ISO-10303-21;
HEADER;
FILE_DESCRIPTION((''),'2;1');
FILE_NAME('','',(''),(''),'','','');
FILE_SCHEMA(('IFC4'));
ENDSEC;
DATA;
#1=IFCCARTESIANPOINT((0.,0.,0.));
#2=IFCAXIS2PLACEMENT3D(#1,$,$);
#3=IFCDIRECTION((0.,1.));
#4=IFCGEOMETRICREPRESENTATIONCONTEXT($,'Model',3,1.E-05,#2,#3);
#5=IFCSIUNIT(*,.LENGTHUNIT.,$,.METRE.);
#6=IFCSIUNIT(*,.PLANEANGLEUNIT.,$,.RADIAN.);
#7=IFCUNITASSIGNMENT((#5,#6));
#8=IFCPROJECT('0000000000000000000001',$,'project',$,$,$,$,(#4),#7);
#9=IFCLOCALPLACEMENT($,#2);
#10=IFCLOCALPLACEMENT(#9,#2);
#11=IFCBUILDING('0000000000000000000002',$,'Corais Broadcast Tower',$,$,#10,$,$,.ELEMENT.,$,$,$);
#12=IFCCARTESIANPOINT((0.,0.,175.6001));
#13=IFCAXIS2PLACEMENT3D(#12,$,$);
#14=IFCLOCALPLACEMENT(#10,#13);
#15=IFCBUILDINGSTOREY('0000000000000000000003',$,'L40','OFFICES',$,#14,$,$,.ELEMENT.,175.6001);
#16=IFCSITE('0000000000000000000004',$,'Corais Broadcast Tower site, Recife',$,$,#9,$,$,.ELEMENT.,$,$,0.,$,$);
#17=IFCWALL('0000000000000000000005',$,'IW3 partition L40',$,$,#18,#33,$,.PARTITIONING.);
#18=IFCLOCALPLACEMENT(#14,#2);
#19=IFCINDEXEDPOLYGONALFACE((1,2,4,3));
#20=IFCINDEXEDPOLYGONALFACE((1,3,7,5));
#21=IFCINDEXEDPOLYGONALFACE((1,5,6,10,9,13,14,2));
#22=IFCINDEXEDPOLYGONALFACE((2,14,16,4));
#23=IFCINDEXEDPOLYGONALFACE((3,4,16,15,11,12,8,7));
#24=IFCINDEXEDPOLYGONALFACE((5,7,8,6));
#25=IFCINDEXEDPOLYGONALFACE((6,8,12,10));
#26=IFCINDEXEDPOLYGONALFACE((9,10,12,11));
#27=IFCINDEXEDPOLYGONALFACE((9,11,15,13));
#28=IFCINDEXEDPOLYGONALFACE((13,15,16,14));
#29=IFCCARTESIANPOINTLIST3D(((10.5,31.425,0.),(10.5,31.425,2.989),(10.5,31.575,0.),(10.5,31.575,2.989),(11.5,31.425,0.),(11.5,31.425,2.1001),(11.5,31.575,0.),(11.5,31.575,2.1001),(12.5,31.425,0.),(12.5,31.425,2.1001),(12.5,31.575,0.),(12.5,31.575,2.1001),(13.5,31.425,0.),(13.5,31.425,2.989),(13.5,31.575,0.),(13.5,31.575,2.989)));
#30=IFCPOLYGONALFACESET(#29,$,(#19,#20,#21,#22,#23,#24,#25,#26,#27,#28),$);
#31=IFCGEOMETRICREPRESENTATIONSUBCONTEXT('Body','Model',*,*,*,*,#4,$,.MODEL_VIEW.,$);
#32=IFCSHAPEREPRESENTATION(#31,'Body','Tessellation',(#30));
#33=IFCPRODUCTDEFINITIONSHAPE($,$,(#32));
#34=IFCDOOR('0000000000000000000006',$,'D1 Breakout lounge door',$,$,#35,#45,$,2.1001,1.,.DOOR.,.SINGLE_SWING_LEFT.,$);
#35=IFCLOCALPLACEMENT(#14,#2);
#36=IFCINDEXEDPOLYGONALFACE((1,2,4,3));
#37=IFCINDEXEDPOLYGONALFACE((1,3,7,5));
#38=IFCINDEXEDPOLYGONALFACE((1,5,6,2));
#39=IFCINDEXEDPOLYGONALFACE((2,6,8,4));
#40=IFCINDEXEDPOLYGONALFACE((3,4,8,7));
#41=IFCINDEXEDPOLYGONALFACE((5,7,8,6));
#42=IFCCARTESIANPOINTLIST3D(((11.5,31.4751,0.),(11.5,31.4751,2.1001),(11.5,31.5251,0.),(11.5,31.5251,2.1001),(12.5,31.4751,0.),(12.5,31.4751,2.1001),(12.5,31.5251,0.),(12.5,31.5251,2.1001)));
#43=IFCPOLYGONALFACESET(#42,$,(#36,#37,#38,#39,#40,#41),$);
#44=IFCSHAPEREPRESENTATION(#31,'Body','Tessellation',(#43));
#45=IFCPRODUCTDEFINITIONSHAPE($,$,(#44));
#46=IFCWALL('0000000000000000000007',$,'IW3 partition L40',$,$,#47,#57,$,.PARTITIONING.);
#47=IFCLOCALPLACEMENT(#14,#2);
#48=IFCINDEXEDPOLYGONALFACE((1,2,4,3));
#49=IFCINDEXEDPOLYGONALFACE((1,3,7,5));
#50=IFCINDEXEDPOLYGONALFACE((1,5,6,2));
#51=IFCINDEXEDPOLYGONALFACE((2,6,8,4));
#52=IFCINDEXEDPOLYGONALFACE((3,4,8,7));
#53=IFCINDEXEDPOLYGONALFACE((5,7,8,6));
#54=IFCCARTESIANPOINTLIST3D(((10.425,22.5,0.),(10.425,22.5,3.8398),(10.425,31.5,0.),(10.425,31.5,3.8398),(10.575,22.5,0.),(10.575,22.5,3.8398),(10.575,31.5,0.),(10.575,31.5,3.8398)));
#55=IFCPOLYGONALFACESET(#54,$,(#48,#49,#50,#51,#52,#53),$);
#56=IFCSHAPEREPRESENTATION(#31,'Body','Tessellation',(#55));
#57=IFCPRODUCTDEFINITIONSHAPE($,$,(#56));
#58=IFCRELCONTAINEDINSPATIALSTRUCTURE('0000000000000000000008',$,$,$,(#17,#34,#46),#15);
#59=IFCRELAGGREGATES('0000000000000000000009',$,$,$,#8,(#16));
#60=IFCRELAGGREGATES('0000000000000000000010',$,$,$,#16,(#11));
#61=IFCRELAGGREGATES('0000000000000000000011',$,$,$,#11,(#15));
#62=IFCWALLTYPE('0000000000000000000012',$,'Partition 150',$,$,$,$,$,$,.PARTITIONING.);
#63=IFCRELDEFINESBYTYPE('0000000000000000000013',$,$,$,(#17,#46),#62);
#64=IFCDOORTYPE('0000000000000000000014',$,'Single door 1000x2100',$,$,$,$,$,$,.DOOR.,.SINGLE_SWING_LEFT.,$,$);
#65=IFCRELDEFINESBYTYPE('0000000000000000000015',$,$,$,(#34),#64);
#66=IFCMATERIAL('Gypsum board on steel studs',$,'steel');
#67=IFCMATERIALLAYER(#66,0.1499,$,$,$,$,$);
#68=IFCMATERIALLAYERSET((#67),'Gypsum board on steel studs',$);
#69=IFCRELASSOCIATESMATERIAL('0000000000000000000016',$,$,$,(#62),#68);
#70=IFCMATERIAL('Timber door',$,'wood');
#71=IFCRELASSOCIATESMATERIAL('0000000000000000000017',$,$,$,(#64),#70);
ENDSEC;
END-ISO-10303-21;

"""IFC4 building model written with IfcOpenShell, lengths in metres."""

from ifc_helpers import new_model, si_unit, direction, frame, frame_2d, origin, place, context, subcontext, project, spatial, rectangle, extrude, material, layer, layer_set, type_object, element, fill, save


model = new_model("IFC4")

# Units and contexts
model_context = context("Model", 3, precision=1e-05, world=origin(), true_north=direction((0.0, 1.0)))
body_context = subcontext(model_context, "Body", "Model", "MODEL_VIEW")
ifc_project = project(units=[si_unit("LENGTHUNIT", "METRE"), si_unit("PLANEANGLEUNIT", "RADIAN")], contexts=[model_context])

# Site, building, storey
site_placement = place(None, origin())
site = spatial("IfcSite", under=ifc_project, at=site_placement, Name="Corais Broadcast Tower site, Recife", CompositionType="ELEMENT", RefElevation=0.0)
building_placement = place(site_placement, origin())
building = spatial("IfcBuilding", under=site, at=building_placement, Name="Corais Broadcast Tower", CompositionType="ELEMENT")
storey_placement = place(building_placement, frame((0.0, 0.0, 175.6001)))
storey = spatial("IfcBuildingStorey", under=building, at=storey_placement, Name="L40", Description="OFFICES", CompositionType="ELEMENT", Elevation=175.6001)

# Shared definitions
ifc_material_1 = material(Name="Gypsum board on steel studs", Category="steel")
ifc_layer_1 = layer(ifc_material_1, 0.1499)
ifc_layer_set_1 = layer_set([ifc_layer_1], Name="Gypsum board on steel studs")
wall_type_1 = type_object("IfcWallType", Name="Partition 150", PredefinedType="PARTITIONING", material=ifc_layer_set_1)
ifc_material_2 = material(Name="Timber door", Category="wood")
door_type_1 = type_object("IfcDoorType", Name="Single door 1000x2100", OperationType="SINGLE_SWING_LEFT", PredefinedType="DOOR", material=ifc_material_2)

# Wall, opening, door
wall_1_placement = place(storey_placement, frame((13.5, 31.5, 0.0), z_axis=(0.0, 0.0, 1.0), x_axis=(-1.0, 0.0, 0.0)))
wall_1 = element("IfcWall", 1, at=wall_1_placement, inside=storey, type_object=wall_type_1, Name="IW3 partition L40", PredefinedType="PARTITIONING", context=body_context, shape_type="SweptSolid", body=[
    extrude(rectangle(XDim=3.0, YDim=0.1499, at=frame_2d((1.5, 0.0))), origin(), (0.0, 0.0, 1.0), 2.989),
])
opening_1_placement = place(wall_1_placement, frame((1.0, 0.0, 0.0)))
opening_1 = element("IfcOpeningElement", 2, at=opening_1_placement, cuts=wall_1, PredefinedType="OPENING", context=body_context, shape_type="SweptSolid", body=[
    extrude(rectangle(XDim=1.0, YDim=2.1001, at=frame_2d((0.5, 1.05))), frame((0.0, 0.085, 0.0), z_axis=(0.0, -1.0, 0.0), x_axis=(1.0, 0.0, 0.0)), (0.0, 0.0, 1.0), 0.1699),
])
door_1_placement = place(opening_1_placement, origin())
door_1 = element("IfcDoor", 3, at=door_1_placement, inside=storey, type_object=door_type_1, Name="D1 Breakout lounge door", OperationType="SINGLE_SWING_LEFT", OverallHeight=2.1001, OverallWidth=1.0, PredefinedType="DOOR", context=body_context, shape_type="SweptSolid", body=[
    extrude(rectangle(XDim=1.0, YDim=2.1001, at=frame_2d((0.5, 1.05))), frame((0.0, 0.0249, 0.0), z_axis=(0.0, -1.0, 0.0), x_axis=(1.0, 0.0, 0.0)), (0.0, 0.0, 1.0), 0.05),
])
fill(opening_1, door_1)

# Wall
wall_2_placement = place(storey_placement, frame((10.5, 31.5, 0.0), z_axis=(0.0, 0.0, 1.0), x_axis=(0.0, -1.0, 0.0)))
element("IfcWall", 4, at=wall_2_placement, inside=storey, type_object=wall_type_1, Name="IW3 partition L40", PredefinedType="PARTITIONING", context=body_context, shape_type="SweptSolid", body=[
    extrude(rectangle(XDim=9.0, YDim=0.1499, at=frame_2d((4.5, 0.0))), origin(), (0.0, 0.0, 1.0), 3.8398),
])

save(model, "model.ifc")
